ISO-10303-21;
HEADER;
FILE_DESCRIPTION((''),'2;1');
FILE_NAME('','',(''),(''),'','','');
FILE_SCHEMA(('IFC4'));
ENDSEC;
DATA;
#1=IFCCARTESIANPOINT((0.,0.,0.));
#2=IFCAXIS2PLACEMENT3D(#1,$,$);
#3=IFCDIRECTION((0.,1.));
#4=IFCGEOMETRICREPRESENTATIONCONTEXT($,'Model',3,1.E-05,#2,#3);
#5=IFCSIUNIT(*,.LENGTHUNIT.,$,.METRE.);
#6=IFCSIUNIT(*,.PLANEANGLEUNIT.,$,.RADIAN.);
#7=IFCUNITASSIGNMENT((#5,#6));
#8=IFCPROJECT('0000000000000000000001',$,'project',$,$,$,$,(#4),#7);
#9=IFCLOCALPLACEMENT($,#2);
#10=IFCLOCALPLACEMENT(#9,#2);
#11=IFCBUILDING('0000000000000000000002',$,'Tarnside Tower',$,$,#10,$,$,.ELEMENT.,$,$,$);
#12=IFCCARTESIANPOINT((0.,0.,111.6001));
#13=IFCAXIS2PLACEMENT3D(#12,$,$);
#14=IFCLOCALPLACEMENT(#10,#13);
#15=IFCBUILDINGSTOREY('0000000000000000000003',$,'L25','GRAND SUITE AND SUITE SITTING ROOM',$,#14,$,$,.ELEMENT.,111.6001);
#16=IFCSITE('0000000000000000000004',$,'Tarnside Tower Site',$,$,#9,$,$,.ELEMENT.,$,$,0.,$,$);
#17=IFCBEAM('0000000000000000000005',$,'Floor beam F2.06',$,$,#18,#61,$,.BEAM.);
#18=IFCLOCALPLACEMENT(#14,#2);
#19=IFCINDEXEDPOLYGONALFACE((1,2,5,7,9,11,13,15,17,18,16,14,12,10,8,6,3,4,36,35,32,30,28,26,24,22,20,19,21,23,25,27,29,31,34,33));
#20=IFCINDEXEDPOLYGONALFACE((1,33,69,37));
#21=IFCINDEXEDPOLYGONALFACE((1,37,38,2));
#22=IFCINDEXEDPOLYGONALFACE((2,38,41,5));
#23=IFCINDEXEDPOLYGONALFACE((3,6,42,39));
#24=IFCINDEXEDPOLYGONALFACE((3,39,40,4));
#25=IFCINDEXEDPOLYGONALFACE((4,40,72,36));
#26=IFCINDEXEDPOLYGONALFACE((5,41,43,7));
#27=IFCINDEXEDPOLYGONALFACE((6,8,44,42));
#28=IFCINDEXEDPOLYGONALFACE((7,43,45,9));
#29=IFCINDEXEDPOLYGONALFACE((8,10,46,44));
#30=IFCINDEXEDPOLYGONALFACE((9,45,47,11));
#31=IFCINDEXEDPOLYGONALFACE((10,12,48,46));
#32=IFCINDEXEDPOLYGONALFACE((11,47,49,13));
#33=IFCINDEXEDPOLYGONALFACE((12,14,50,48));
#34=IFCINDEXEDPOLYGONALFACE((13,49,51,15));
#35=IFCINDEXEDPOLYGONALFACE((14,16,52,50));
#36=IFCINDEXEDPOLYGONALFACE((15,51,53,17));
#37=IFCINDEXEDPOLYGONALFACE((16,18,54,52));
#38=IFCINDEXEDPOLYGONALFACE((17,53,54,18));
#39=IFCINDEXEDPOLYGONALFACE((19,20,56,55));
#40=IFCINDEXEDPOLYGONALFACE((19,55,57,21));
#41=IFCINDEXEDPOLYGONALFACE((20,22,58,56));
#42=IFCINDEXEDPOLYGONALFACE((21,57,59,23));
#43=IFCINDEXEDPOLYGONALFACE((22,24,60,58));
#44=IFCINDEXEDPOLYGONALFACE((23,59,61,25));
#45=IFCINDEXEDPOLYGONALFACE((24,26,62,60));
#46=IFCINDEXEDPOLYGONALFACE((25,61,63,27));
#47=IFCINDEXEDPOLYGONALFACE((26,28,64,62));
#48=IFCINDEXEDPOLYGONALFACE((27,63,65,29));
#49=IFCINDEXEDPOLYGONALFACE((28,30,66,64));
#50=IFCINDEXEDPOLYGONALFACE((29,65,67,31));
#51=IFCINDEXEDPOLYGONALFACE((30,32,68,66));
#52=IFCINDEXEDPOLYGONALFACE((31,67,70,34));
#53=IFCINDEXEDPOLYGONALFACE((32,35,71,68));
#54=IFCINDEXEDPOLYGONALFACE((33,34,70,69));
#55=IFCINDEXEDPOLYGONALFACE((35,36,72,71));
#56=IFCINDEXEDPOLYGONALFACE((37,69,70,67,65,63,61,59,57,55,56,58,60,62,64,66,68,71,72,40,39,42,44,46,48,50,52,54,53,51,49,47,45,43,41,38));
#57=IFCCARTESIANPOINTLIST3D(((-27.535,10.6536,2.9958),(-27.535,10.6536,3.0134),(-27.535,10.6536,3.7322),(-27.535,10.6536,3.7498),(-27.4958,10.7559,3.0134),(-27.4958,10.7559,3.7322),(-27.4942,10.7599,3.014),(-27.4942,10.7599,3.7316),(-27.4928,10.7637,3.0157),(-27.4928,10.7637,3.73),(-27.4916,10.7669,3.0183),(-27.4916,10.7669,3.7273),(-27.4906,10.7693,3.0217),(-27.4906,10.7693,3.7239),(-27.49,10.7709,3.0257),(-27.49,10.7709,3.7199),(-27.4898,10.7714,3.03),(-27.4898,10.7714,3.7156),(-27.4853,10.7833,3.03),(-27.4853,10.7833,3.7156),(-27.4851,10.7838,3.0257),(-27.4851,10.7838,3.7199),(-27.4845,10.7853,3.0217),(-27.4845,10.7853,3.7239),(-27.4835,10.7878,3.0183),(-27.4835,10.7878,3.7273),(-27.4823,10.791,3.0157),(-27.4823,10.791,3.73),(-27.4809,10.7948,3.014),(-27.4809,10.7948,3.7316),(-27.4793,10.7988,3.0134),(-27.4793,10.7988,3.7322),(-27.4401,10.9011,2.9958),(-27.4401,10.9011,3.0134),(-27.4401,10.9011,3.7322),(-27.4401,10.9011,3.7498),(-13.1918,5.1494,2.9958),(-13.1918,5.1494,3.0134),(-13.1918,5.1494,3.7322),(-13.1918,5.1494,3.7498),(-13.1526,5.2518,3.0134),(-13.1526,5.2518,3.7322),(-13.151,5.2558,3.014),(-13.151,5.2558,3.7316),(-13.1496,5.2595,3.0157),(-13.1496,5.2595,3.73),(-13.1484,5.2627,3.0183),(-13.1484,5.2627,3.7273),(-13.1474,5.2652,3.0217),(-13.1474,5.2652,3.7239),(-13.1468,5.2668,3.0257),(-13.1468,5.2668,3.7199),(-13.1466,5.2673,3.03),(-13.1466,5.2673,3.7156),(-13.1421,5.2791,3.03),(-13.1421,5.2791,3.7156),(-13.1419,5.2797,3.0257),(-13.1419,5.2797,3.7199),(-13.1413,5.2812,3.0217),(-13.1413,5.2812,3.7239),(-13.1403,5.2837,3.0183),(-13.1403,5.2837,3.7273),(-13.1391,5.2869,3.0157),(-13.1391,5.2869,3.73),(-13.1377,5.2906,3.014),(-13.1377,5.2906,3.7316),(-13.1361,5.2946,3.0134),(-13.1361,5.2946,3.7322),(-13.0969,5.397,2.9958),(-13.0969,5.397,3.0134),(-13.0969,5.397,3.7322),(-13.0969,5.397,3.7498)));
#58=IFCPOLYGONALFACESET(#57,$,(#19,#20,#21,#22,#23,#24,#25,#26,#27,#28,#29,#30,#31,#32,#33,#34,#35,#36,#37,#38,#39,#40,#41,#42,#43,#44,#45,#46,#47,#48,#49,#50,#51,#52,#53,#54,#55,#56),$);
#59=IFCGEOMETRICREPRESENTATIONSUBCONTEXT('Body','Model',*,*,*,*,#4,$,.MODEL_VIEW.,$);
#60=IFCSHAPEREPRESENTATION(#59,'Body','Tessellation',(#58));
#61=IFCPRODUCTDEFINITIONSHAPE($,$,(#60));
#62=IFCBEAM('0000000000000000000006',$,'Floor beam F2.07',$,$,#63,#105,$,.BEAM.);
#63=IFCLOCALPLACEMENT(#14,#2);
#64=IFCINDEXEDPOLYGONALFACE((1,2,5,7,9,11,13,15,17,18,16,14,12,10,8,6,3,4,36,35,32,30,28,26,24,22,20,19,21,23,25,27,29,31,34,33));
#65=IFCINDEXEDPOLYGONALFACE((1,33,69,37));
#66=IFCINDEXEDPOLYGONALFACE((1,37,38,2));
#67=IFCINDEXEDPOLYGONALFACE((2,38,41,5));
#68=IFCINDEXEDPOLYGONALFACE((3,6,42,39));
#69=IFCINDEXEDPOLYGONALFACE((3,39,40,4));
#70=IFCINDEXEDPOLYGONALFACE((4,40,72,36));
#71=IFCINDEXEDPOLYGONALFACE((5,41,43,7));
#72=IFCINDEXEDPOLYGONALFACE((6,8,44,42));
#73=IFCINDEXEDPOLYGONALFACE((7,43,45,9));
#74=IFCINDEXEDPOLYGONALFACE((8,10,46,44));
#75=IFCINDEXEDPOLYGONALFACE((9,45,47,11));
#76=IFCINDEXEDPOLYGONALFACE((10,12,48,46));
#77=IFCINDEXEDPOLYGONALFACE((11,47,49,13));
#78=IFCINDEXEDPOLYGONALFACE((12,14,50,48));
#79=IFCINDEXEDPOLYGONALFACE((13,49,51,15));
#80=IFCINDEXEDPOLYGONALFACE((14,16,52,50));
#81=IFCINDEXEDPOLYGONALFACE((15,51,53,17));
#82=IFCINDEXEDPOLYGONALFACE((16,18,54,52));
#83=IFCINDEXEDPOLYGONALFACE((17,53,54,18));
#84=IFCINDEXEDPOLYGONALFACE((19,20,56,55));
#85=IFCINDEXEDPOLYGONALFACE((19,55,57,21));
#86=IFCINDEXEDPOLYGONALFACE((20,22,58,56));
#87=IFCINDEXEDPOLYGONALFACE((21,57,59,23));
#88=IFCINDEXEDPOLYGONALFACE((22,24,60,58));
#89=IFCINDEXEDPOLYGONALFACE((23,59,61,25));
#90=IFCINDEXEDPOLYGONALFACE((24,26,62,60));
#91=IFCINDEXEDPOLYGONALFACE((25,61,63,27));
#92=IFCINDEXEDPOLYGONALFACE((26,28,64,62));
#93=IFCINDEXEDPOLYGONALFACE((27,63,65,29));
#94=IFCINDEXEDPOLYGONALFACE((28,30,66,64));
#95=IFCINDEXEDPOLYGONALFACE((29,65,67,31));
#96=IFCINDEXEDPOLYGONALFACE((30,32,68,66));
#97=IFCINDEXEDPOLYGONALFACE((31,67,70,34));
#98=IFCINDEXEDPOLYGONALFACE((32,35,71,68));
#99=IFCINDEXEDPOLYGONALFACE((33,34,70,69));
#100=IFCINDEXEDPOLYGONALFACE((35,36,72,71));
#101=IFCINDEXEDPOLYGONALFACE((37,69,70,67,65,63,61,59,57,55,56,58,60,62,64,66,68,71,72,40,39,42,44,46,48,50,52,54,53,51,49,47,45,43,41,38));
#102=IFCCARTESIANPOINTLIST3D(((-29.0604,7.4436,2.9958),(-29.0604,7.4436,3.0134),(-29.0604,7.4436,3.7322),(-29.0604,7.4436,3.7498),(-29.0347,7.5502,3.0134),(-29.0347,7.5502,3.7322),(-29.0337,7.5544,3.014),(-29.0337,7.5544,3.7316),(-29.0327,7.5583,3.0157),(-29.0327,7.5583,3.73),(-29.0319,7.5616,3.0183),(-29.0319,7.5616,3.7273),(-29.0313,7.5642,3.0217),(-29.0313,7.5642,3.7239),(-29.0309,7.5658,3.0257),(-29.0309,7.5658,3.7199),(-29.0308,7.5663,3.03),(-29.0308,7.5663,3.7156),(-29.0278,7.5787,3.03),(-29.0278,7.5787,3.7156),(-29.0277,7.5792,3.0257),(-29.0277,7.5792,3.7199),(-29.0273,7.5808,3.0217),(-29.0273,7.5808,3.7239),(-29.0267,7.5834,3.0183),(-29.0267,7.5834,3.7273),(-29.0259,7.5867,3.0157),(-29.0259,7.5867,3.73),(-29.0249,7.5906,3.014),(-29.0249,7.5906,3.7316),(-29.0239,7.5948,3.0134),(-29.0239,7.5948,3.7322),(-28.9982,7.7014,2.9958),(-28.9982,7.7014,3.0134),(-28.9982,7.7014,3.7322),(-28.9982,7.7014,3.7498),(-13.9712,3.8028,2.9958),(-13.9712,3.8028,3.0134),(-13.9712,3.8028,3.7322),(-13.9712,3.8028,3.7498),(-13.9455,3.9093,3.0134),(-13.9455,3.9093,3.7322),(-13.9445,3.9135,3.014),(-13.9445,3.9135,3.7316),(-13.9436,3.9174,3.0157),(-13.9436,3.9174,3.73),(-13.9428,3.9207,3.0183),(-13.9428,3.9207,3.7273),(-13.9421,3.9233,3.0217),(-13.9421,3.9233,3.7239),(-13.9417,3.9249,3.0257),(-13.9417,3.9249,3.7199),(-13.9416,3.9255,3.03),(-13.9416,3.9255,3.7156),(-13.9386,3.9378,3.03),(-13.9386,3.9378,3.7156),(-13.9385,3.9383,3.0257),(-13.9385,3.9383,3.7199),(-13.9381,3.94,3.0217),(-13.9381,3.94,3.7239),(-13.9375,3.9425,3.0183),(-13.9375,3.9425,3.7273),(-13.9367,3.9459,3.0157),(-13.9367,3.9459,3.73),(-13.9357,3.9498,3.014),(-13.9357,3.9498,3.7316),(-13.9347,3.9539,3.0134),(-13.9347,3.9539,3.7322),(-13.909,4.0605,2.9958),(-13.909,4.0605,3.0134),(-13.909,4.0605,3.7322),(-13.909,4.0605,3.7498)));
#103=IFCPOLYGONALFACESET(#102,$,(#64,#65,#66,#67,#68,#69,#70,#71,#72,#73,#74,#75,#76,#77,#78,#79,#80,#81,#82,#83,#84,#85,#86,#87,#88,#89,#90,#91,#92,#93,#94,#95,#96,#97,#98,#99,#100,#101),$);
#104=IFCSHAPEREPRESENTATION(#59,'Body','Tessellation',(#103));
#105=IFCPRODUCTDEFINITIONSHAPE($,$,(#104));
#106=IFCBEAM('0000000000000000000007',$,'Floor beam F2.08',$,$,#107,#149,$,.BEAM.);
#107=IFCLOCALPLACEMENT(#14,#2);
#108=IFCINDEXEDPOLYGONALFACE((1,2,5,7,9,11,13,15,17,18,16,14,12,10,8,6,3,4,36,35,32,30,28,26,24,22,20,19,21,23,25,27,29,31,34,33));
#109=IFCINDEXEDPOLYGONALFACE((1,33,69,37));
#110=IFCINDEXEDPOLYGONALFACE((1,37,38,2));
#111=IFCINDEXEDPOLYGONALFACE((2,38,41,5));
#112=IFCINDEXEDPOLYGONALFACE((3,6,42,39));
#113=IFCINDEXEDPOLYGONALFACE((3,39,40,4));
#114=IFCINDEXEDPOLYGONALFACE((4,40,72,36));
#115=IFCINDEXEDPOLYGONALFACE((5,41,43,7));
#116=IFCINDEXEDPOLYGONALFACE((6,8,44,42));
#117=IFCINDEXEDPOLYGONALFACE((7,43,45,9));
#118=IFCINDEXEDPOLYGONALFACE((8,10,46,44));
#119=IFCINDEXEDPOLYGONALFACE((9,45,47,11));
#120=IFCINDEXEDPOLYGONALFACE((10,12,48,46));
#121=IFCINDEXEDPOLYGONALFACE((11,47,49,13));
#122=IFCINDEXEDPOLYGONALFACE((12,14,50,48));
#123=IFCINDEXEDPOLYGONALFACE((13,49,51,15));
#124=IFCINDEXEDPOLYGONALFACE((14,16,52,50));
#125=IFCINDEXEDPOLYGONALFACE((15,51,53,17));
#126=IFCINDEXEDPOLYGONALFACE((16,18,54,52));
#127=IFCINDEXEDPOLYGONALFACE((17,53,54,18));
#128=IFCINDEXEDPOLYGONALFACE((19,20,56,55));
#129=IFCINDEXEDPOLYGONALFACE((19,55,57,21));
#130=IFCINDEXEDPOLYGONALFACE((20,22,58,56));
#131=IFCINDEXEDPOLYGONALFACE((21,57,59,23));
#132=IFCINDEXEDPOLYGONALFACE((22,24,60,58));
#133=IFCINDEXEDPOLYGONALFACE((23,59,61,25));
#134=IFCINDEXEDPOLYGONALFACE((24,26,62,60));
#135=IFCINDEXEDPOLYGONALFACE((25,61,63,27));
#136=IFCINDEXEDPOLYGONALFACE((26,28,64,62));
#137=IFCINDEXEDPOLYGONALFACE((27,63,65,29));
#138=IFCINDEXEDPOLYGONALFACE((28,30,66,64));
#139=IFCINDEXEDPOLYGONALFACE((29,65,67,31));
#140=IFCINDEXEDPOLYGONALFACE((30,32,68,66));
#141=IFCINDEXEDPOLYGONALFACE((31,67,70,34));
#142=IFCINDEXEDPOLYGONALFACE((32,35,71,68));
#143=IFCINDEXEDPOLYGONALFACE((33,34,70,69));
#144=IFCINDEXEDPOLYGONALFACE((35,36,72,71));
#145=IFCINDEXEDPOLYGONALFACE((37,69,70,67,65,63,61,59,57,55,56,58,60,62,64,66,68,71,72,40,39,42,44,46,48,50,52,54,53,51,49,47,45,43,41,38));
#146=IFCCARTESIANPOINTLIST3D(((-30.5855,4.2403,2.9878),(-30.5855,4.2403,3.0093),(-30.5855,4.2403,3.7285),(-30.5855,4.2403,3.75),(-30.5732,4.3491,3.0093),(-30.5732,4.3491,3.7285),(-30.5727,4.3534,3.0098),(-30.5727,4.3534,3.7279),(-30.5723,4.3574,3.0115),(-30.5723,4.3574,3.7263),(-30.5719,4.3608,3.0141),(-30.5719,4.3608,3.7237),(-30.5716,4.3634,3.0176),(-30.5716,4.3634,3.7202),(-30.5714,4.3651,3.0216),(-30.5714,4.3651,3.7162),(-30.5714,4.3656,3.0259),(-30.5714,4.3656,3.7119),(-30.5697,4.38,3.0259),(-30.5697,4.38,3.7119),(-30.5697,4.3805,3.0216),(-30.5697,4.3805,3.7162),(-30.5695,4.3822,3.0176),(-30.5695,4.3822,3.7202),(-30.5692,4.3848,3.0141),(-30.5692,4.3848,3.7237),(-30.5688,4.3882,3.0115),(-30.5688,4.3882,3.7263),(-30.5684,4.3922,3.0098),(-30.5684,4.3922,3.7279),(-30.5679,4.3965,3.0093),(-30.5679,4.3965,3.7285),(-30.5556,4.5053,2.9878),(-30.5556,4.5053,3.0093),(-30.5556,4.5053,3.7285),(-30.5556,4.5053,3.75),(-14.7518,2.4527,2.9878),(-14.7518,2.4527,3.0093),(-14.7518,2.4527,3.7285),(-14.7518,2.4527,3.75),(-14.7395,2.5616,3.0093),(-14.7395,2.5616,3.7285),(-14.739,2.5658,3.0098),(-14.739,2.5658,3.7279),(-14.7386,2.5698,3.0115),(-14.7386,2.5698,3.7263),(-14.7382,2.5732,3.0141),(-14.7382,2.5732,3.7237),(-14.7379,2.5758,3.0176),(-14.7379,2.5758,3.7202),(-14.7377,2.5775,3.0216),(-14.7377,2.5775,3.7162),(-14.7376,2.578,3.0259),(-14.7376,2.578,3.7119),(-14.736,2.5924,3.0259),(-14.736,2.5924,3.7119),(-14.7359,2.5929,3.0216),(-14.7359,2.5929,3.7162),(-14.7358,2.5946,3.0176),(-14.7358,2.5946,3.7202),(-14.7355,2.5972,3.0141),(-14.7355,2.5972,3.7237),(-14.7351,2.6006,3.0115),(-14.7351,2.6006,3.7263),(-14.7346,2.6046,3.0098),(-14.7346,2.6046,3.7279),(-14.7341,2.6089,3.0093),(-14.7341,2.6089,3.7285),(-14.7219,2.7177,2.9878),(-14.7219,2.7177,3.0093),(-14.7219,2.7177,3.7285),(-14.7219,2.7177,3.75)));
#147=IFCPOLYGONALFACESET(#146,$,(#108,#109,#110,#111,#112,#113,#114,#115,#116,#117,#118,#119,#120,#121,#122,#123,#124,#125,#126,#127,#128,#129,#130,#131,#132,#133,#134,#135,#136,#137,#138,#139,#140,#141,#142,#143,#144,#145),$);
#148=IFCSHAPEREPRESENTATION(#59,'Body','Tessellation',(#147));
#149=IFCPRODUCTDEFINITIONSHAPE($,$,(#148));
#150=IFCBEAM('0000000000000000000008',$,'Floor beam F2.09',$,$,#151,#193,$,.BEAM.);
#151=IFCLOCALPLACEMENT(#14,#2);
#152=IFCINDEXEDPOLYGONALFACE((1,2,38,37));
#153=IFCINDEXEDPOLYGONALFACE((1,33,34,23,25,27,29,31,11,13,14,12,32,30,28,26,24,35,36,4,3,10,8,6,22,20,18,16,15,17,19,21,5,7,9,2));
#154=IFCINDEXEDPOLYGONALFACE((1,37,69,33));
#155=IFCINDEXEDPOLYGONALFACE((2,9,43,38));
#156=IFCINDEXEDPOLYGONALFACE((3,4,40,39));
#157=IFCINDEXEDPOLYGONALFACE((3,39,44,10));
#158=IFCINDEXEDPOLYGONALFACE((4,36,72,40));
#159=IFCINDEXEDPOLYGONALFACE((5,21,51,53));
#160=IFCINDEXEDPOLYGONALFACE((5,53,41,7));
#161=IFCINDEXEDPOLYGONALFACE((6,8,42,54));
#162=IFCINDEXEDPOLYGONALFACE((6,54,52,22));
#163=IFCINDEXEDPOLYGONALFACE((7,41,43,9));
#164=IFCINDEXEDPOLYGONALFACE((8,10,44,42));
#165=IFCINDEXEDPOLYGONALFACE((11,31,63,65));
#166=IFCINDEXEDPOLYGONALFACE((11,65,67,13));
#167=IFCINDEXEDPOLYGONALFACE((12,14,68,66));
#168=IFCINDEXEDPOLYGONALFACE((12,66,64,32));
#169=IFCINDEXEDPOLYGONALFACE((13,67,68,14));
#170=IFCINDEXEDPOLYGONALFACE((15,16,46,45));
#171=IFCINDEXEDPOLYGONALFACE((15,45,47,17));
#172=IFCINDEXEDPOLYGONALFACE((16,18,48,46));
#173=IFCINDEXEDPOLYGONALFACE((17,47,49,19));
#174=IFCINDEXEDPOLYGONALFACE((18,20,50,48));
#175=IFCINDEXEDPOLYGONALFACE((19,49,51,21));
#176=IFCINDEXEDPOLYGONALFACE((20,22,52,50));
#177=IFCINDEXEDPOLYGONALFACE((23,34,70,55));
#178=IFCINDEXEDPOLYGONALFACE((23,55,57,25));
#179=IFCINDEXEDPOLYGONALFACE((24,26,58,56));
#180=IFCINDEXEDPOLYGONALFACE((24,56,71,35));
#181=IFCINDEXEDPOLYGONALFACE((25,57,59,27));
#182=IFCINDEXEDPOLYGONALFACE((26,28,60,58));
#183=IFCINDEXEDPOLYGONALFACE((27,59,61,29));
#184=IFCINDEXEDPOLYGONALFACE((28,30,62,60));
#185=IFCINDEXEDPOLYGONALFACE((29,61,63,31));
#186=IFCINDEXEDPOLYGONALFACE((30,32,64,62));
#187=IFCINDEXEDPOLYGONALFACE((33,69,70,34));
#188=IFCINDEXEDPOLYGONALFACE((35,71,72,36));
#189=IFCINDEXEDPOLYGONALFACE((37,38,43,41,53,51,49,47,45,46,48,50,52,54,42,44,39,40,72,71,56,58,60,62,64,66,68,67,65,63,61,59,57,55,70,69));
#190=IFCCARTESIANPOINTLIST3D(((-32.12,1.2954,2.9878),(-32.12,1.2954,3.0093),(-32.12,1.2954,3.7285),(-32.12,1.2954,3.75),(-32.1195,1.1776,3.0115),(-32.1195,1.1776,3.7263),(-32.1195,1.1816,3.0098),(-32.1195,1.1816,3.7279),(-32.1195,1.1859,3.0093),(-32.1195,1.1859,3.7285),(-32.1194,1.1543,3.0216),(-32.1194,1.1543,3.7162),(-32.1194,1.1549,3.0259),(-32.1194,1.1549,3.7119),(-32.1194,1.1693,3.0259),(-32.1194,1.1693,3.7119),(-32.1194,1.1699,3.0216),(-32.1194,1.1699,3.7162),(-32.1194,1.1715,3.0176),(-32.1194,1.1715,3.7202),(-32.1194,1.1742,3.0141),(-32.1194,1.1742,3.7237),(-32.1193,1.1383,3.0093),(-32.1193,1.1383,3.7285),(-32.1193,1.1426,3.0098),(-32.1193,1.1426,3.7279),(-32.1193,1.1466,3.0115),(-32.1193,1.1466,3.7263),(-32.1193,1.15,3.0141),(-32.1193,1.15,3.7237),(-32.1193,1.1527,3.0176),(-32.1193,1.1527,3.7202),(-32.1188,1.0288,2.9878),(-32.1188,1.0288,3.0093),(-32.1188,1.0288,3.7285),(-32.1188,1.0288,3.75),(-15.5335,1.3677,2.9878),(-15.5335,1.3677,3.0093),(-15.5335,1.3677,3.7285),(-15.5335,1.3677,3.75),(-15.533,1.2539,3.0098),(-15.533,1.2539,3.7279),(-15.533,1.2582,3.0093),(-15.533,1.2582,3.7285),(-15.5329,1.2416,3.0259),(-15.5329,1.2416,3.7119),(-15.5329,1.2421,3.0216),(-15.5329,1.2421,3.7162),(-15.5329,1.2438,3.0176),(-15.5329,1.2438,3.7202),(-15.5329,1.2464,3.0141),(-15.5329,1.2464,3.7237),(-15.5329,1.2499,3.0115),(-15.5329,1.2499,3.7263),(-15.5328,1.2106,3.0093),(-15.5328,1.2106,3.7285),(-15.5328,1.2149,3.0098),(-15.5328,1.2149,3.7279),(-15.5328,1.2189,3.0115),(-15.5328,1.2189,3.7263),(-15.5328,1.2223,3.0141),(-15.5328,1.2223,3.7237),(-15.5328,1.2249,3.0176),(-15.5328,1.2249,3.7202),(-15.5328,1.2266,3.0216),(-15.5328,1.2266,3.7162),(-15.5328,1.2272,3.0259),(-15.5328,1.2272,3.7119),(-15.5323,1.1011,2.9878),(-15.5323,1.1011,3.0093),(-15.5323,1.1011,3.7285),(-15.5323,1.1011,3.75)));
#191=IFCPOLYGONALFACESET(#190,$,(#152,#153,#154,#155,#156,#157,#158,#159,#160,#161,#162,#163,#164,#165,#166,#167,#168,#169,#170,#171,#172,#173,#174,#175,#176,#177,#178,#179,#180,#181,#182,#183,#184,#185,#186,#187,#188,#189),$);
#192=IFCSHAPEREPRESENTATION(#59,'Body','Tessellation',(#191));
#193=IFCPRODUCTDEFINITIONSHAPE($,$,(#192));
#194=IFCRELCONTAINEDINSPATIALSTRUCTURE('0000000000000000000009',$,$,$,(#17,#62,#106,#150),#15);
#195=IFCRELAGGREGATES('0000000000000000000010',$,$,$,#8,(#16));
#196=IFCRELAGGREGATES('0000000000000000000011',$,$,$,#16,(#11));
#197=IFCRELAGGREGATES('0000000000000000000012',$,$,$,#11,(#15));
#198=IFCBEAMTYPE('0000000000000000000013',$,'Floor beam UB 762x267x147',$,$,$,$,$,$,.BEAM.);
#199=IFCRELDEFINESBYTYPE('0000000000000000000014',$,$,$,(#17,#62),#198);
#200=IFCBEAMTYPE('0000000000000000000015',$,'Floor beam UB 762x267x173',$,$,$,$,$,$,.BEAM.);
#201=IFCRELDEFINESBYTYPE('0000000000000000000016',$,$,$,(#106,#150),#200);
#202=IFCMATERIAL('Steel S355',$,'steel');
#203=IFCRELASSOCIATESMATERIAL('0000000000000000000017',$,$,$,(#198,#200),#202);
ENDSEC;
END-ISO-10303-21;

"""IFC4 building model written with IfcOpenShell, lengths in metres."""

from ifc_helpers import new_model, si_unit, direction, frame, origin, origin_2d, place, context, subcontext, project, spatial, i_section, extrude, material, material_profile, profile_set, type_object, element, save


model = new_model("IFC4")

# Units and contexts
model_context = context("Model", 3, precision=1e-05, world=origin(), true_north=direction((0.0, 1.0)))
body_context = subcontext(model_context, "Body", "Model", "MODEL_VIEW")
ifc_project = project(units=[si_unit("LENGTHUNIT", "METRE"), si_unit("PLANEANGLEUNIT", "RADIAN")], contexts=[model_context])

# Site, building, storey
site_placement = place(None, origin())
site = spatial("IfcSite", under=ifc_project, at=site_placement, Name="Tarnside Tower Site", CompositionType="ELEMENT", RefElevation=0.0)
building_placement = place(site_placement, origin())
building = spatial("IfcBuilding", under=site, at=building_placement, Name="Tarnside Tower", CompositionType="ELEMENT")
storey_placement = place(building_placement, frame((0.0, 0.0, 111.6001)))
storey = spatial("IfcBuildingStorey", under=building, at=storey_placement, Name="L25", Description="GRAND SUITE AND SUITE SITTING ROOM", CompositionType="ELEMENT", Elevation=111.6001)

# Beams
ifc_material_1 = material(Name="Steel S355", Category="steel")
ifc_material_profile_1 = material_profile(ifc_material_1, i_section(OverallWidth=0.2651, OverallDepth=0.7539, WebThickness=0.0127, FlangeThickness=0.0176, FilletRadius=0.0166, at=origin_2d()), Name="UB 762x267x147")
ifc_profile_set_1 = profile_set([ifc_material_profile_1], Name="Steel S355")
beam_type_1 = type_object("IfcBeamType", Name="Floor beam UB 762x267x147", PredefinedType="BEAM", material=ifc_profile_set_1)
beam_1_placement = place(storey_placement, frame((-27.4875, 10.7773, 3.3728), z_axis=(0.933618, -0.358271, 0.0), x_axis=(0.358271, 0.933618, 0.0)))
element("IfcBeam", 1, at=beam_1_placement, inside=storey, type_object=beam_type_1, Name="Floor beam F2.06", PredefinedType="BEAM", context=body_context, shape_type="SweptSolid", body=[
    extrude(i_section(OverallWidth=0.2651, OverallDepth=0.7539, WebThickness=0.0127, FlangeThickness=0.0176, FilletRadius=0.0166, at=origin_2d()), origin(), (0.0, 0.0, 1.0), 15.363),
])
beam_2_placement = place(storey_placement, frame((-29.0293, 7.5725, 3.3728), z_axis=(0.972102, -0.23456, 0.0), x_axis=(0.23456, 0.972102, 0.0)))
element("IfcBeam", 2, at=beam_2_placement, inside=storey, type_object=beam_type_1, Name="Floor beam F2.07", PredefinedType="BEAM", context=body_context, shape_type="SweptSolid", body=[
    extrude(i_section(OverallWidth=0.2651, OverallDepth=0.7539, WebThickness=0.0127, FlangeThickness=0.0176, FilletRadius=0.0166, at=origin_2d()), origin(), (0.0, 0.0, 1.0), 15.5222),
])
ifc_material_profile_2 = material_profile(ifc_material_1, i_section(OverallWidth=0.2666, OverallDepth=0.7622, WebThickness=0.0144, FlangeThickness=0.0215, FilletRadius=0.0166, at=origin_2d()), Name="UB 762x267x173")
ifc_profile_set_2 = profile_set([ifc_material_profile_2], Name="Steel S355")
beam_type_2 = type_object("IfcBeamType", Name="Floor beam UB 762x267x173", PredefinedType="BEAM", material=ifc_profile_set_2)
beam_3_placement = place(storey_placement, frame((-30.5706, 4.3728, 3.3689), z_axis=(0.993687, -0.112185, 0.0), x_axis=(0.112185, 0.993687, 0.0)))
element("IfcBeam", 3, at=beam_3_placement, inside=storey, type_object=beam_type_2, Name="Floor beam F2.08", PredefinedType="BEAM", context=body_context, shape_type="SweptSolid", body=[
    extrude(i_section(OverallWidth=0.2666, OverallDepth=0.7622, WebThickness=0.0144, FlangeThickness=0.0215, FilletRadius=0.0166, at=origin_2d()), origin(), (0.0, 0.0, 1.0), 15.9343),
])
beam_4_placement = place(storey_placement, frame((-32.1194, 1.1621, 3.3689), z_axis=(0.999991, 0.004357, 0.0), x_axis=(-0.004357, 0.999991, 0.0)))
element("IfcBeam", 4, at=beam_4_placement, inside=storey, type_object=beam_type_2, Name="Floor beam F2.09", PredefinedType="BEAM", context=body_context, shape_type="SweptSolid", body=[
    extrude(i_section(OverallWidth=0.2666, OverallDepth=0.7622, WebThickness=0.0144, FlangeThickness=0.0215, FilletRadius=0.0166, at=origin_2d()), origin(), (0.0, 0.0, 1.0), 16.5867),
])

save(model, "model.ifc")
